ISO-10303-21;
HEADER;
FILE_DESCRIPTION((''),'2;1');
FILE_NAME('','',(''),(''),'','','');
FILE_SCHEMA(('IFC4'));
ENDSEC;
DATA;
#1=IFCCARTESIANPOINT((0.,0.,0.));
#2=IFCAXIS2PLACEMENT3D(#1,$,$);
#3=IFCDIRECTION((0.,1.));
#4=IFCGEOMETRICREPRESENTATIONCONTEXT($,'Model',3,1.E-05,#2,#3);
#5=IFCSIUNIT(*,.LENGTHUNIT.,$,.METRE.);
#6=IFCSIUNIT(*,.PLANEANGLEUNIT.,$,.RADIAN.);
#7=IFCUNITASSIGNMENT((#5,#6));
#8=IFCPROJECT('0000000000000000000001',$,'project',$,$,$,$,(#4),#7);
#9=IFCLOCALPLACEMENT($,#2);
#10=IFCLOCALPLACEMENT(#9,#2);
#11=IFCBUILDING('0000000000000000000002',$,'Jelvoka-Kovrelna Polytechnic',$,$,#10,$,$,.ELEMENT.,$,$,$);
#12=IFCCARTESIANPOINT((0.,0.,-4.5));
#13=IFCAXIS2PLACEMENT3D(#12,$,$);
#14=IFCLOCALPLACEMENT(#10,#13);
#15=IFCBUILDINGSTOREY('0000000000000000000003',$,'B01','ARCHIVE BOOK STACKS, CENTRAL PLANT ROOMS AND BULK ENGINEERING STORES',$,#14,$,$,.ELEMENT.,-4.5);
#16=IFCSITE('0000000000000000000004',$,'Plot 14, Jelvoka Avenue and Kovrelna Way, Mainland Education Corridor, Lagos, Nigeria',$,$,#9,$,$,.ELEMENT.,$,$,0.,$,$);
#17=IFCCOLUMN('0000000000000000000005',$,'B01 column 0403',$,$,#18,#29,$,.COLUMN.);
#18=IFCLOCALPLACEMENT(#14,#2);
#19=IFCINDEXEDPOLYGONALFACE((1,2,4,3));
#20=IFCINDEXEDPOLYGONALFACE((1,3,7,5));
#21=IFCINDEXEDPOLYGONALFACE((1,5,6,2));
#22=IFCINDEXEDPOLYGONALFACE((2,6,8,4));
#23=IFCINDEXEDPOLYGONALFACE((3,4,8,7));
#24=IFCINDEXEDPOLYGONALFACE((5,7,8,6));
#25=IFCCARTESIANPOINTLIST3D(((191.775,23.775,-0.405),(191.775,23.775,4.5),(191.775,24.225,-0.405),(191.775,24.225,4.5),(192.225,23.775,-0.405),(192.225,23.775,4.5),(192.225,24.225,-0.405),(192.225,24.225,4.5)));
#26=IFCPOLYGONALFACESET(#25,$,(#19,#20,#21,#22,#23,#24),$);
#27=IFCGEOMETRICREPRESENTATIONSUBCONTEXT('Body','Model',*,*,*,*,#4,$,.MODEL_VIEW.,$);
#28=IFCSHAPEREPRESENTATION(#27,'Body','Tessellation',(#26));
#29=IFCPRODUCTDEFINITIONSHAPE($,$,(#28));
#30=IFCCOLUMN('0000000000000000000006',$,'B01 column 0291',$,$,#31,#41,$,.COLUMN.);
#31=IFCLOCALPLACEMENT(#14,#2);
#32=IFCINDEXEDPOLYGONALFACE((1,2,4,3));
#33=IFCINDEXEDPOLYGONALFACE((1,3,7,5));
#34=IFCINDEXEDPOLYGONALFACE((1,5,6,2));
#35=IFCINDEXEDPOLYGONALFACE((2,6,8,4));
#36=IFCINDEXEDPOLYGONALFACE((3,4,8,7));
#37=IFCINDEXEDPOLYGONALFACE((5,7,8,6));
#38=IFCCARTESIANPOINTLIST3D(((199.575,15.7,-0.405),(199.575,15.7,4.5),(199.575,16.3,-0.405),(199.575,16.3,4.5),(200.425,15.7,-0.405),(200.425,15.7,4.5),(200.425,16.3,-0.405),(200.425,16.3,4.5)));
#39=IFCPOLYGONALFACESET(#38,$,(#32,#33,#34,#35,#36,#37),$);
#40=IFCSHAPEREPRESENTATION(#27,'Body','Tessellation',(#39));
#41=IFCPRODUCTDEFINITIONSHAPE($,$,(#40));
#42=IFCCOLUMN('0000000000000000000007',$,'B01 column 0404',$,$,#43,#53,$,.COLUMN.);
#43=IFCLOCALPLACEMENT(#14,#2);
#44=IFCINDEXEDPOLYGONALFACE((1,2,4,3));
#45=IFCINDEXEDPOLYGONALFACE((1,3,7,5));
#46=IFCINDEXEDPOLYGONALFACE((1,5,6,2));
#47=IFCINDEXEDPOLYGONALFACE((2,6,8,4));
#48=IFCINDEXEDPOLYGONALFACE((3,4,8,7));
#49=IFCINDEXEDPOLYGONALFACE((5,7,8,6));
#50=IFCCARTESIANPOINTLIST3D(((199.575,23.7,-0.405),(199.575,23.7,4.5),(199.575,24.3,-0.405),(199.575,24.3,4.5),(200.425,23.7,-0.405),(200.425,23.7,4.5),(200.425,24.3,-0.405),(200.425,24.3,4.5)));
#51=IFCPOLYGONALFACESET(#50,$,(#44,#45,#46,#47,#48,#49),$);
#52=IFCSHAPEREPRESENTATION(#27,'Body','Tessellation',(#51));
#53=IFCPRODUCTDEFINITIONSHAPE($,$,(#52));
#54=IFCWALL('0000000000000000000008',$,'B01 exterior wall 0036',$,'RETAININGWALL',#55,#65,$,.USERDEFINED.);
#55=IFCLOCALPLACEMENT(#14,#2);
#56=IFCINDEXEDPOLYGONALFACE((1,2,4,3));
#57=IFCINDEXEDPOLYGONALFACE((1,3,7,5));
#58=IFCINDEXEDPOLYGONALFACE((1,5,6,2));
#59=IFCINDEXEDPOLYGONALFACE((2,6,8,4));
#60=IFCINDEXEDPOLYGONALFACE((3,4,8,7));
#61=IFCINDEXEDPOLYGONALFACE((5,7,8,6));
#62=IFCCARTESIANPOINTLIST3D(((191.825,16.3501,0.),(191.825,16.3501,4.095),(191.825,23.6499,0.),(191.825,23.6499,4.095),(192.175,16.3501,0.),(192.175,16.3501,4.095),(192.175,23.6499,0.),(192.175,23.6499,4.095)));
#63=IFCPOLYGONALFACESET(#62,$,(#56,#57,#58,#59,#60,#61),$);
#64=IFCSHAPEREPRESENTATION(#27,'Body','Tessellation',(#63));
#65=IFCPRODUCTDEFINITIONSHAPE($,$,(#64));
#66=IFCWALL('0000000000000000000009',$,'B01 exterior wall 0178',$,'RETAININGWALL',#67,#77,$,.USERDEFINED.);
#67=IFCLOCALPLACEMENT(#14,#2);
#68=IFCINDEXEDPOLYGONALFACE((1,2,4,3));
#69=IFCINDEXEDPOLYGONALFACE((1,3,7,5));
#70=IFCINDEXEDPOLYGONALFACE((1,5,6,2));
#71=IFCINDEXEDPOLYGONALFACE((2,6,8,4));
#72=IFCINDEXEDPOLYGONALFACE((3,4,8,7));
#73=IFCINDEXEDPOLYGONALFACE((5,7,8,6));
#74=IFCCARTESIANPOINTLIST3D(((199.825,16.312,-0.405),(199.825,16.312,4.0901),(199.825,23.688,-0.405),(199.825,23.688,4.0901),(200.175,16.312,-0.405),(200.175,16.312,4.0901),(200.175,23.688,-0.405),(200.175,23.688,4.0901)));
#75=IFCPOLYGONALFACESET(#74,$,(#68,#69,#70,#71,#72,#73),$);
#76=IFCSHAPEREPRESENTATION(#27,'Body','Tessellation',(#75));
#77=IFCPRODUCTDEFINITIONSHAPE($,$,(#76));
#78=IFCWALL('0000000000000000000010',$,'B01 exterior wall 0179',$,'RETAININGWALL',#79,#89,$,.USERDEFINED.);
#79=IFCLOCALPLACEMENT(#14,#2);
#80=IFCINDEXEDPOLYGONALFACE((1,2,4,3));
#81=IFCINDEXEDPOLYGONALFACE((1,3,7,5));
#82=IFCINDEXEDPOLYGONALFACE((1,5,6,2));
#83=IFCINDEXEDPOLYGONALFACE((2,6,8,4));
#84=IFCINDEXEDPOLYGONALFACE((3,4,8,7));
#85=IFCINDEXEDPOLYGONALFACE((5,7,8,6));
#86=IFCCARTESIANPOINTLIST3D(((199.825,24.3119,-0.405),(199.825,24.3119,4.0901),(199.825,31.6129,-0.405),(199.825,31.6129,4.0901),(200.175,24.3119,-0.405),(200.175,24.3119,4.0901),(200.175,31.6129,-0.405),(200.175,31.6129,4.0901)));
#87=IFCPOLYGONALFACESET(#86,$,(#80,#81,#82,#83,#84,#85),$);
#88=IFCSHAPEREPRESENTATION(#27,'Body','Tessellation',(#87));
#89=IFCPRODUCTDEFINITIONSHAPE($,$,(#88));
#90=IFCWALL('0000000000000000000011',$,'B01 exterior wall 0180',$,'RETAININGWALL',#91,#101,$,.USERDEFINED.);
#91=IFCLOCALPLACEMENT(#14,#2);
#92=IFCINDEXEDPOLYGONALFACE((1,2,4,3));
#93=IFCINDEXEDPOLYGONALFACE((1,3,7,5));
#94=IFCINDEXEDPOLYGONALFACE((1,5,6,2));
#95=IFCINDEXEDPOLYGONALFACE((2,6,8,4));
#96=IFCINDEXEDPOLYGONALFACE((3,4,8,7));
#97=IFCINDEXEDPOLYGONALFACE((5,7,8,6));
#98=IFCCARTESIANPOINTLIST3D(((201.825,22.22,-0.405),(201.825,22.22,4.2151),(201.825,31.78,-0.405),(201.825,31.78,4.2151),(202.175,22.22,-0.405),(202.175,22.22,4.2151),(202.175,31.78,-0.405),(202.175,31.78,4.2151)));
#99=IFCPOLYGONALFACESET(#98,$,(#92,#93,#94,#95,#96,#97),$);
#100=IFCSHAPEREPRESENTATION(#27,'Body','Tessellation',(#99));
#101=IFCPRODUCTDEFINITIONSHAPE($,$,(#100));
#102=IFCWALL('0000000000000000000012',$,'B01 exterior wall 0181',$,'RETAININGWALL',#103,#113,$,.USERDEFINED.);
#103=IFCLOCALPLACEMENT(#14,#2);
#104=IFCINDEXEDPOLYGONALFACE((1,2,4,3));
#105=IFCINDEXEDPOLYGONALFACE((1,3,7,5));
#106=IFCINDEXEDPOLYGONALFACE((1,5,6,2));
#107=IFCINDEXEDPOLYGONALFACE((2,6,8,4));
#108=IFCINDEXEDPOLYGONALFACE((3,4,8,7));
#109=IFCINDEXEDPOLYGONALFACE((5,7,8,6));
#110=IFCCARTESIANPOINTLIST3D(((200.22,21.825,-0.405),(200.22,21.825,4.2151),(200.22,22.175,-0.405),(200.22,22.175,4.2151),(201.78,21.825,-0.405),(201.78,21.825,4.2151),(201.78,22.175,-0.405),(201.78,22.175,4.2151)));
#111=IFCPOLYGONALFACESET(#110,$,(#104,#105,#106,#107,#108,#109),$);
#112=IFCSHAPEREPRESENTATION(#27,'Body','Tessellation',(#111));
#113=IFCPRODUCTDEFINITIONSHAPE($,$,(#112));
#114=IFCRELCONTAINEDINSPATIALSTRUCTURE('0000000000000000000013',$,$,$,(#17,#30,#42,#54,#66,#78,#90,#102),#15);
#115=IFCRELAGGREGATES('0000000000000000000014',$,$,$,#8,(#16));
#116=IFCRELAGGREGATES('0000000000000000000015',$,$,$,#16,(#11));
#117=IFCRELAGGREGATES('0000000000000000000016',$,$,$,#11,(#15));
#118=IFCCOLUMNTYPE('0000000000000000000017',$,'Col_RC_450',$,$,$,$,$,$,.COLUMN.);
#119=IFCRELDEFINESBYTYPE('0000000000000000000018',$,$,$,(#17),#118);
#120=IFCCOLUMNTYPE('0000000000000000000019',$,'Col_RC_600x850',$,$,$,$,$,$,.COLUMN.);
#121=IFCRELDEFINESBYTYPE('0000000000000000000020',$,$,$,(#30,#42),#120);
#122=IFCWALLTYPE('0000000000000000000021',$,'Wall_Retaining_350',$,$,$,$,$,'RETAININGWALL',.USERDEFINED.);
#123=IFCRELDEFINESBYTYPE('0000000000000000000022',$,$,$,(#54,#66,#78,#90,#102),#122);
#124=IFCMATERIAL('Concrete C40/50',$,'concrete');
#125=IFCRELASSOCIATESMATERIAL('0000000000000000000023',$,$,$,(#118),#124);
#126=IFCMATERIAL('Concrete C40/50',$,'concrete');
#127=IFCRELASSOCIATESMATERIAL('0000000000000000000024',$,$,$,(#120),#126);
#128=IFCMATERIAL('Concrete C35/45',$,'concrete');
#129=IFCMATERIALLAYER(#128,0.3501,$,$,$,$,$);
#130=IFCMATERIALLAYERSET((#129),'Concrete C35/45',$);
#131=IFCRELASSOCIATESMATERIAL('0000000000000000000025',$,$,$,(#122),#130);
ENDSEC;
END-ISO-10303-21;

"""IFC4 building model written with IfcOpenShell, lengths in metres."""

from ifc_helpers import new_model, si_unit, direction, frame, frame_2d, origin, origin_2d, place, context, subcontext, project, spatial, rectangle, extrude, material, layer, layer_set, material_profile, profile_set, type_object, element, save


model = new_model("IFC4")

# Units and contexts
model_context = context("Model", 3, precision=1e-05, world=origin(), true_north=direction((0.0, 1.0)))
body_context = subcontext(model_context, "Body", "Model", "MODEL_VIEW")
ifc_project = project(units=[si_unit("LENGTHUNIT", "METRE"), si_unit("PLANEANGLEUNIT", "RADIAN")], contexts=[model_context])

# Site, building, storey
site_placement = place(None, origin())
site = spatial("IfcSite", under=ifc_project, at=site_placement, Name="Plot 14, Jelvoka Avenue and Kovrelna Way, Mainland Education Corridor, Lagos, Nigeria", CompositionType="ELEMENT", RefElevation=0.0)
building_placement = place(site_placement, origin())
building = spatial("IfcBuilding", under=site, at=building_placement, Name="Jelvoka-Kovrelna Polytechnic", CompositionType="ELEMENT")
storey_placement = place(building_placement, frame((0.0, 0.0, -4.5)))
storey = spatial("IfcBuildingStorey", under=building, at=storey_placement, Name="B01", Description="ARCHIVE BOOK STACKS, CENTRAL PLANT ROOMS AND BULK ENGINEERING STORES", CompositionType="ELEMENT", Elevation=-4.5)

# Columns
ifc_material_1 = material(Name="Concrete C40/50", Category="concrete")
ifc_material_profile_1 = material_profile(ifc_material_1, rectangle(XDim=0.45, YDim=0.45, at=origin_2d()), Name="RC 450x450")
ifc_profile_set_1 = profile_set([ifc_material_profile_1], Name="Concrete C40/50")
column_type_1 = type_object("IfcColumnType", Name="Col_RC_450", PredefinedType="COLUMN", material=ifc_profile_set_1)
column_placement = place(storey_placement, frame((192.0, 24.0, -0.405), z_axis=(0.0, 0.0, 1.0), x_axis=(1.0, 0.0, 0.0)))
element("IfcColumn", 1, at=column_placement, inside=storey, type_object=column_type_1, Name="B01 column 0403", PredefinedType="COLUMN", context=body_context, shape_type="SweptSolid", body=[
    extrude(rectangle(XDim=0.45, YDim=0.45, at=origin_2d()), origin(), (0.0, 0.0, 1.0), 4.905),
])
ifc_material_2 = material(Name="Concrete C40/50", Category="concrete")
ifc_material_profile_2 = material_profile(ifc_material_2, rectangle(XDim=0.6001, YDim=0.8501, at=origin_2d()), Name="RC 600x850")
ifc_profile_set_2 = profile_set([ifc_material_profile_2], Name="Concrete C40/50")
column_type_2 = type_object("IfcColumnType", Name="Col_RC_600x850", PredefinedType="COLUMN", material=ifc_profile_set_2)
for number, where, z_axis, x_axis, name in (
    (2, (200.0, 16.0, -0.405), (0.0, 0.0, 1.0), (0.0, 1.0, 0.0), "B01 column 0291"),
    (3, (200.0, 24.0, -0.405), (0.0, 0.0, 1.0), (0.0, 1.0, 0.0), "B01 column 0404"),
):
    element("IfcColumn", number, at=place(storey_placement, frame(where, z_axis=z_axis, x_axis=x_axis)), inside=storey, type_object=column_type_2, Name=name, PredefinedType="COLUMN", context=body_context, shape_type="SweptSolid", body=[
        extrude(rectangle(XDim=0.6001, YDim=0.8501, at=origin_2d()), origin(), (0.0, 0.0, 1.0), 4.905),
    ])

# Walls
ifc_material_3 = material(Name="Concrete C35/45", Category="concrete")
ifc_layer = layer(ifc_material_3, 0.3501)
ifc_layer_set = layer_set([ifc_layer], Name="Concrete C35/45")
wall_type = type_object("IfcWallType", Name="Wall_Retaining_350", ElementType="RETAININGWALL", PredefinedType="USERDEFINED", material=ifc_layer_set)
wall_1_placement = place(storey_placement, frame((192.0, 23.6499, 0.0), z_axis=(0.0, 0.0, 1.0), x_axis=(0.0, -1.0, 0.0)))
element("IfcWall", 4, at=wall_1_placement, inside=storey, type_object=wall_type, Name="B01 exterior wall 0036", ObjectType="RETAININGWALL", PredefinedType="USERDEFINED", context=body_context, shape_type="SweptSolid", body=[
    extrude(rectangle(XDim=7.2998, YDim=0.3501, at=frame_2d((3.6499, 0.0))), origin(), (0.0, 0.0, 1.0), 4.095),
])
wall_2_placement = place(storey_placement, frame((200.0, 16.312, -0.405), z_axis=(0.0, 0.0, 1.0), x_axis=(0.0, 1.0, 0.0)))
element("IfcWall", 5, at=wall_2_placement, inside=storey, type_object=wall_type, Name="B01 exterior wall 0178", ObjectType="RETAININGWALL", PredefinedType="USERDEFINED", context=body_context, shape_type="SweptSolid", body=[
    extrude(rectangle(XDim=7.376, YDim=0.3501, at=frame_2d((3.688, 0.0))), origin(), (0.0, 0.0, 1.0), 4.4951),
])
wall_3_placement = place(storey_placement, frame((200.0, 24.312, -0.405), z_axis=(0.0, 0.0, 1.0), x_axis=(0.0, 1.0, 0.0)))
element("IfcWall", 6, at=wall_3_placement, inside=storey, type_object=wall_type, Name="B01 exterior wall 0179", ObjectType="RETAININGWALL", PredefinedType="USERDEFINED", context=body_context, shape_type="SweptSolid", body=[
    extrude(rectangle(XDim=7.301, YDim=0.3501, at=frame_2d((3.6504, 0.0))), origin(), (0.0, 0.0, 1.0), 4.4951),
])
wall_4_placement = place(storey_placement, frame((202.0, 22.22, -0.405), z_axis=(0.0, 0.0, 1.0), x_axis=(0.0, 1.0, 0.0)))
element("IfcWall", 7, at=wall_4_placement, inside=storey, type_object=wall_type, Name="B01 exterior wall 0180", ObjectType="RETAININGWALL", PredefinedType="USERDEFINED", context=body_context, shape_type="SweptSolid", body=[
    extrude(rectangle(XDim=9.5601, YDim=0.3501, at=frame_2d((4.78, 0.0))), origin(), (0.0, 0.0, 1.0), 4.6201),
])
wall_5_placement = place(storey_placement, frame((200.22, 22.0, -0.405), z_axis=(0.0, 0.0, 1.0), x_axis=(1.0, 0.0, 0.0)))
element("IfcWall", 8, at=wall_5_placement, inside=storey, type_object=wall_type, Name="B01 exterior wall 0181", ObjectType="RETAININGWALL", PredefinedType="USERDEFINED", context=body_context, shape_type="SweptSolid", body=[
    extrude(rectangle(XDim=1.5601, YDim=0.3501, at=frame_2d((0.78, 0.0))), origin(), (0.0, 0.0, 1.0), 4.6201),
])

save(model, "model.ifc")
